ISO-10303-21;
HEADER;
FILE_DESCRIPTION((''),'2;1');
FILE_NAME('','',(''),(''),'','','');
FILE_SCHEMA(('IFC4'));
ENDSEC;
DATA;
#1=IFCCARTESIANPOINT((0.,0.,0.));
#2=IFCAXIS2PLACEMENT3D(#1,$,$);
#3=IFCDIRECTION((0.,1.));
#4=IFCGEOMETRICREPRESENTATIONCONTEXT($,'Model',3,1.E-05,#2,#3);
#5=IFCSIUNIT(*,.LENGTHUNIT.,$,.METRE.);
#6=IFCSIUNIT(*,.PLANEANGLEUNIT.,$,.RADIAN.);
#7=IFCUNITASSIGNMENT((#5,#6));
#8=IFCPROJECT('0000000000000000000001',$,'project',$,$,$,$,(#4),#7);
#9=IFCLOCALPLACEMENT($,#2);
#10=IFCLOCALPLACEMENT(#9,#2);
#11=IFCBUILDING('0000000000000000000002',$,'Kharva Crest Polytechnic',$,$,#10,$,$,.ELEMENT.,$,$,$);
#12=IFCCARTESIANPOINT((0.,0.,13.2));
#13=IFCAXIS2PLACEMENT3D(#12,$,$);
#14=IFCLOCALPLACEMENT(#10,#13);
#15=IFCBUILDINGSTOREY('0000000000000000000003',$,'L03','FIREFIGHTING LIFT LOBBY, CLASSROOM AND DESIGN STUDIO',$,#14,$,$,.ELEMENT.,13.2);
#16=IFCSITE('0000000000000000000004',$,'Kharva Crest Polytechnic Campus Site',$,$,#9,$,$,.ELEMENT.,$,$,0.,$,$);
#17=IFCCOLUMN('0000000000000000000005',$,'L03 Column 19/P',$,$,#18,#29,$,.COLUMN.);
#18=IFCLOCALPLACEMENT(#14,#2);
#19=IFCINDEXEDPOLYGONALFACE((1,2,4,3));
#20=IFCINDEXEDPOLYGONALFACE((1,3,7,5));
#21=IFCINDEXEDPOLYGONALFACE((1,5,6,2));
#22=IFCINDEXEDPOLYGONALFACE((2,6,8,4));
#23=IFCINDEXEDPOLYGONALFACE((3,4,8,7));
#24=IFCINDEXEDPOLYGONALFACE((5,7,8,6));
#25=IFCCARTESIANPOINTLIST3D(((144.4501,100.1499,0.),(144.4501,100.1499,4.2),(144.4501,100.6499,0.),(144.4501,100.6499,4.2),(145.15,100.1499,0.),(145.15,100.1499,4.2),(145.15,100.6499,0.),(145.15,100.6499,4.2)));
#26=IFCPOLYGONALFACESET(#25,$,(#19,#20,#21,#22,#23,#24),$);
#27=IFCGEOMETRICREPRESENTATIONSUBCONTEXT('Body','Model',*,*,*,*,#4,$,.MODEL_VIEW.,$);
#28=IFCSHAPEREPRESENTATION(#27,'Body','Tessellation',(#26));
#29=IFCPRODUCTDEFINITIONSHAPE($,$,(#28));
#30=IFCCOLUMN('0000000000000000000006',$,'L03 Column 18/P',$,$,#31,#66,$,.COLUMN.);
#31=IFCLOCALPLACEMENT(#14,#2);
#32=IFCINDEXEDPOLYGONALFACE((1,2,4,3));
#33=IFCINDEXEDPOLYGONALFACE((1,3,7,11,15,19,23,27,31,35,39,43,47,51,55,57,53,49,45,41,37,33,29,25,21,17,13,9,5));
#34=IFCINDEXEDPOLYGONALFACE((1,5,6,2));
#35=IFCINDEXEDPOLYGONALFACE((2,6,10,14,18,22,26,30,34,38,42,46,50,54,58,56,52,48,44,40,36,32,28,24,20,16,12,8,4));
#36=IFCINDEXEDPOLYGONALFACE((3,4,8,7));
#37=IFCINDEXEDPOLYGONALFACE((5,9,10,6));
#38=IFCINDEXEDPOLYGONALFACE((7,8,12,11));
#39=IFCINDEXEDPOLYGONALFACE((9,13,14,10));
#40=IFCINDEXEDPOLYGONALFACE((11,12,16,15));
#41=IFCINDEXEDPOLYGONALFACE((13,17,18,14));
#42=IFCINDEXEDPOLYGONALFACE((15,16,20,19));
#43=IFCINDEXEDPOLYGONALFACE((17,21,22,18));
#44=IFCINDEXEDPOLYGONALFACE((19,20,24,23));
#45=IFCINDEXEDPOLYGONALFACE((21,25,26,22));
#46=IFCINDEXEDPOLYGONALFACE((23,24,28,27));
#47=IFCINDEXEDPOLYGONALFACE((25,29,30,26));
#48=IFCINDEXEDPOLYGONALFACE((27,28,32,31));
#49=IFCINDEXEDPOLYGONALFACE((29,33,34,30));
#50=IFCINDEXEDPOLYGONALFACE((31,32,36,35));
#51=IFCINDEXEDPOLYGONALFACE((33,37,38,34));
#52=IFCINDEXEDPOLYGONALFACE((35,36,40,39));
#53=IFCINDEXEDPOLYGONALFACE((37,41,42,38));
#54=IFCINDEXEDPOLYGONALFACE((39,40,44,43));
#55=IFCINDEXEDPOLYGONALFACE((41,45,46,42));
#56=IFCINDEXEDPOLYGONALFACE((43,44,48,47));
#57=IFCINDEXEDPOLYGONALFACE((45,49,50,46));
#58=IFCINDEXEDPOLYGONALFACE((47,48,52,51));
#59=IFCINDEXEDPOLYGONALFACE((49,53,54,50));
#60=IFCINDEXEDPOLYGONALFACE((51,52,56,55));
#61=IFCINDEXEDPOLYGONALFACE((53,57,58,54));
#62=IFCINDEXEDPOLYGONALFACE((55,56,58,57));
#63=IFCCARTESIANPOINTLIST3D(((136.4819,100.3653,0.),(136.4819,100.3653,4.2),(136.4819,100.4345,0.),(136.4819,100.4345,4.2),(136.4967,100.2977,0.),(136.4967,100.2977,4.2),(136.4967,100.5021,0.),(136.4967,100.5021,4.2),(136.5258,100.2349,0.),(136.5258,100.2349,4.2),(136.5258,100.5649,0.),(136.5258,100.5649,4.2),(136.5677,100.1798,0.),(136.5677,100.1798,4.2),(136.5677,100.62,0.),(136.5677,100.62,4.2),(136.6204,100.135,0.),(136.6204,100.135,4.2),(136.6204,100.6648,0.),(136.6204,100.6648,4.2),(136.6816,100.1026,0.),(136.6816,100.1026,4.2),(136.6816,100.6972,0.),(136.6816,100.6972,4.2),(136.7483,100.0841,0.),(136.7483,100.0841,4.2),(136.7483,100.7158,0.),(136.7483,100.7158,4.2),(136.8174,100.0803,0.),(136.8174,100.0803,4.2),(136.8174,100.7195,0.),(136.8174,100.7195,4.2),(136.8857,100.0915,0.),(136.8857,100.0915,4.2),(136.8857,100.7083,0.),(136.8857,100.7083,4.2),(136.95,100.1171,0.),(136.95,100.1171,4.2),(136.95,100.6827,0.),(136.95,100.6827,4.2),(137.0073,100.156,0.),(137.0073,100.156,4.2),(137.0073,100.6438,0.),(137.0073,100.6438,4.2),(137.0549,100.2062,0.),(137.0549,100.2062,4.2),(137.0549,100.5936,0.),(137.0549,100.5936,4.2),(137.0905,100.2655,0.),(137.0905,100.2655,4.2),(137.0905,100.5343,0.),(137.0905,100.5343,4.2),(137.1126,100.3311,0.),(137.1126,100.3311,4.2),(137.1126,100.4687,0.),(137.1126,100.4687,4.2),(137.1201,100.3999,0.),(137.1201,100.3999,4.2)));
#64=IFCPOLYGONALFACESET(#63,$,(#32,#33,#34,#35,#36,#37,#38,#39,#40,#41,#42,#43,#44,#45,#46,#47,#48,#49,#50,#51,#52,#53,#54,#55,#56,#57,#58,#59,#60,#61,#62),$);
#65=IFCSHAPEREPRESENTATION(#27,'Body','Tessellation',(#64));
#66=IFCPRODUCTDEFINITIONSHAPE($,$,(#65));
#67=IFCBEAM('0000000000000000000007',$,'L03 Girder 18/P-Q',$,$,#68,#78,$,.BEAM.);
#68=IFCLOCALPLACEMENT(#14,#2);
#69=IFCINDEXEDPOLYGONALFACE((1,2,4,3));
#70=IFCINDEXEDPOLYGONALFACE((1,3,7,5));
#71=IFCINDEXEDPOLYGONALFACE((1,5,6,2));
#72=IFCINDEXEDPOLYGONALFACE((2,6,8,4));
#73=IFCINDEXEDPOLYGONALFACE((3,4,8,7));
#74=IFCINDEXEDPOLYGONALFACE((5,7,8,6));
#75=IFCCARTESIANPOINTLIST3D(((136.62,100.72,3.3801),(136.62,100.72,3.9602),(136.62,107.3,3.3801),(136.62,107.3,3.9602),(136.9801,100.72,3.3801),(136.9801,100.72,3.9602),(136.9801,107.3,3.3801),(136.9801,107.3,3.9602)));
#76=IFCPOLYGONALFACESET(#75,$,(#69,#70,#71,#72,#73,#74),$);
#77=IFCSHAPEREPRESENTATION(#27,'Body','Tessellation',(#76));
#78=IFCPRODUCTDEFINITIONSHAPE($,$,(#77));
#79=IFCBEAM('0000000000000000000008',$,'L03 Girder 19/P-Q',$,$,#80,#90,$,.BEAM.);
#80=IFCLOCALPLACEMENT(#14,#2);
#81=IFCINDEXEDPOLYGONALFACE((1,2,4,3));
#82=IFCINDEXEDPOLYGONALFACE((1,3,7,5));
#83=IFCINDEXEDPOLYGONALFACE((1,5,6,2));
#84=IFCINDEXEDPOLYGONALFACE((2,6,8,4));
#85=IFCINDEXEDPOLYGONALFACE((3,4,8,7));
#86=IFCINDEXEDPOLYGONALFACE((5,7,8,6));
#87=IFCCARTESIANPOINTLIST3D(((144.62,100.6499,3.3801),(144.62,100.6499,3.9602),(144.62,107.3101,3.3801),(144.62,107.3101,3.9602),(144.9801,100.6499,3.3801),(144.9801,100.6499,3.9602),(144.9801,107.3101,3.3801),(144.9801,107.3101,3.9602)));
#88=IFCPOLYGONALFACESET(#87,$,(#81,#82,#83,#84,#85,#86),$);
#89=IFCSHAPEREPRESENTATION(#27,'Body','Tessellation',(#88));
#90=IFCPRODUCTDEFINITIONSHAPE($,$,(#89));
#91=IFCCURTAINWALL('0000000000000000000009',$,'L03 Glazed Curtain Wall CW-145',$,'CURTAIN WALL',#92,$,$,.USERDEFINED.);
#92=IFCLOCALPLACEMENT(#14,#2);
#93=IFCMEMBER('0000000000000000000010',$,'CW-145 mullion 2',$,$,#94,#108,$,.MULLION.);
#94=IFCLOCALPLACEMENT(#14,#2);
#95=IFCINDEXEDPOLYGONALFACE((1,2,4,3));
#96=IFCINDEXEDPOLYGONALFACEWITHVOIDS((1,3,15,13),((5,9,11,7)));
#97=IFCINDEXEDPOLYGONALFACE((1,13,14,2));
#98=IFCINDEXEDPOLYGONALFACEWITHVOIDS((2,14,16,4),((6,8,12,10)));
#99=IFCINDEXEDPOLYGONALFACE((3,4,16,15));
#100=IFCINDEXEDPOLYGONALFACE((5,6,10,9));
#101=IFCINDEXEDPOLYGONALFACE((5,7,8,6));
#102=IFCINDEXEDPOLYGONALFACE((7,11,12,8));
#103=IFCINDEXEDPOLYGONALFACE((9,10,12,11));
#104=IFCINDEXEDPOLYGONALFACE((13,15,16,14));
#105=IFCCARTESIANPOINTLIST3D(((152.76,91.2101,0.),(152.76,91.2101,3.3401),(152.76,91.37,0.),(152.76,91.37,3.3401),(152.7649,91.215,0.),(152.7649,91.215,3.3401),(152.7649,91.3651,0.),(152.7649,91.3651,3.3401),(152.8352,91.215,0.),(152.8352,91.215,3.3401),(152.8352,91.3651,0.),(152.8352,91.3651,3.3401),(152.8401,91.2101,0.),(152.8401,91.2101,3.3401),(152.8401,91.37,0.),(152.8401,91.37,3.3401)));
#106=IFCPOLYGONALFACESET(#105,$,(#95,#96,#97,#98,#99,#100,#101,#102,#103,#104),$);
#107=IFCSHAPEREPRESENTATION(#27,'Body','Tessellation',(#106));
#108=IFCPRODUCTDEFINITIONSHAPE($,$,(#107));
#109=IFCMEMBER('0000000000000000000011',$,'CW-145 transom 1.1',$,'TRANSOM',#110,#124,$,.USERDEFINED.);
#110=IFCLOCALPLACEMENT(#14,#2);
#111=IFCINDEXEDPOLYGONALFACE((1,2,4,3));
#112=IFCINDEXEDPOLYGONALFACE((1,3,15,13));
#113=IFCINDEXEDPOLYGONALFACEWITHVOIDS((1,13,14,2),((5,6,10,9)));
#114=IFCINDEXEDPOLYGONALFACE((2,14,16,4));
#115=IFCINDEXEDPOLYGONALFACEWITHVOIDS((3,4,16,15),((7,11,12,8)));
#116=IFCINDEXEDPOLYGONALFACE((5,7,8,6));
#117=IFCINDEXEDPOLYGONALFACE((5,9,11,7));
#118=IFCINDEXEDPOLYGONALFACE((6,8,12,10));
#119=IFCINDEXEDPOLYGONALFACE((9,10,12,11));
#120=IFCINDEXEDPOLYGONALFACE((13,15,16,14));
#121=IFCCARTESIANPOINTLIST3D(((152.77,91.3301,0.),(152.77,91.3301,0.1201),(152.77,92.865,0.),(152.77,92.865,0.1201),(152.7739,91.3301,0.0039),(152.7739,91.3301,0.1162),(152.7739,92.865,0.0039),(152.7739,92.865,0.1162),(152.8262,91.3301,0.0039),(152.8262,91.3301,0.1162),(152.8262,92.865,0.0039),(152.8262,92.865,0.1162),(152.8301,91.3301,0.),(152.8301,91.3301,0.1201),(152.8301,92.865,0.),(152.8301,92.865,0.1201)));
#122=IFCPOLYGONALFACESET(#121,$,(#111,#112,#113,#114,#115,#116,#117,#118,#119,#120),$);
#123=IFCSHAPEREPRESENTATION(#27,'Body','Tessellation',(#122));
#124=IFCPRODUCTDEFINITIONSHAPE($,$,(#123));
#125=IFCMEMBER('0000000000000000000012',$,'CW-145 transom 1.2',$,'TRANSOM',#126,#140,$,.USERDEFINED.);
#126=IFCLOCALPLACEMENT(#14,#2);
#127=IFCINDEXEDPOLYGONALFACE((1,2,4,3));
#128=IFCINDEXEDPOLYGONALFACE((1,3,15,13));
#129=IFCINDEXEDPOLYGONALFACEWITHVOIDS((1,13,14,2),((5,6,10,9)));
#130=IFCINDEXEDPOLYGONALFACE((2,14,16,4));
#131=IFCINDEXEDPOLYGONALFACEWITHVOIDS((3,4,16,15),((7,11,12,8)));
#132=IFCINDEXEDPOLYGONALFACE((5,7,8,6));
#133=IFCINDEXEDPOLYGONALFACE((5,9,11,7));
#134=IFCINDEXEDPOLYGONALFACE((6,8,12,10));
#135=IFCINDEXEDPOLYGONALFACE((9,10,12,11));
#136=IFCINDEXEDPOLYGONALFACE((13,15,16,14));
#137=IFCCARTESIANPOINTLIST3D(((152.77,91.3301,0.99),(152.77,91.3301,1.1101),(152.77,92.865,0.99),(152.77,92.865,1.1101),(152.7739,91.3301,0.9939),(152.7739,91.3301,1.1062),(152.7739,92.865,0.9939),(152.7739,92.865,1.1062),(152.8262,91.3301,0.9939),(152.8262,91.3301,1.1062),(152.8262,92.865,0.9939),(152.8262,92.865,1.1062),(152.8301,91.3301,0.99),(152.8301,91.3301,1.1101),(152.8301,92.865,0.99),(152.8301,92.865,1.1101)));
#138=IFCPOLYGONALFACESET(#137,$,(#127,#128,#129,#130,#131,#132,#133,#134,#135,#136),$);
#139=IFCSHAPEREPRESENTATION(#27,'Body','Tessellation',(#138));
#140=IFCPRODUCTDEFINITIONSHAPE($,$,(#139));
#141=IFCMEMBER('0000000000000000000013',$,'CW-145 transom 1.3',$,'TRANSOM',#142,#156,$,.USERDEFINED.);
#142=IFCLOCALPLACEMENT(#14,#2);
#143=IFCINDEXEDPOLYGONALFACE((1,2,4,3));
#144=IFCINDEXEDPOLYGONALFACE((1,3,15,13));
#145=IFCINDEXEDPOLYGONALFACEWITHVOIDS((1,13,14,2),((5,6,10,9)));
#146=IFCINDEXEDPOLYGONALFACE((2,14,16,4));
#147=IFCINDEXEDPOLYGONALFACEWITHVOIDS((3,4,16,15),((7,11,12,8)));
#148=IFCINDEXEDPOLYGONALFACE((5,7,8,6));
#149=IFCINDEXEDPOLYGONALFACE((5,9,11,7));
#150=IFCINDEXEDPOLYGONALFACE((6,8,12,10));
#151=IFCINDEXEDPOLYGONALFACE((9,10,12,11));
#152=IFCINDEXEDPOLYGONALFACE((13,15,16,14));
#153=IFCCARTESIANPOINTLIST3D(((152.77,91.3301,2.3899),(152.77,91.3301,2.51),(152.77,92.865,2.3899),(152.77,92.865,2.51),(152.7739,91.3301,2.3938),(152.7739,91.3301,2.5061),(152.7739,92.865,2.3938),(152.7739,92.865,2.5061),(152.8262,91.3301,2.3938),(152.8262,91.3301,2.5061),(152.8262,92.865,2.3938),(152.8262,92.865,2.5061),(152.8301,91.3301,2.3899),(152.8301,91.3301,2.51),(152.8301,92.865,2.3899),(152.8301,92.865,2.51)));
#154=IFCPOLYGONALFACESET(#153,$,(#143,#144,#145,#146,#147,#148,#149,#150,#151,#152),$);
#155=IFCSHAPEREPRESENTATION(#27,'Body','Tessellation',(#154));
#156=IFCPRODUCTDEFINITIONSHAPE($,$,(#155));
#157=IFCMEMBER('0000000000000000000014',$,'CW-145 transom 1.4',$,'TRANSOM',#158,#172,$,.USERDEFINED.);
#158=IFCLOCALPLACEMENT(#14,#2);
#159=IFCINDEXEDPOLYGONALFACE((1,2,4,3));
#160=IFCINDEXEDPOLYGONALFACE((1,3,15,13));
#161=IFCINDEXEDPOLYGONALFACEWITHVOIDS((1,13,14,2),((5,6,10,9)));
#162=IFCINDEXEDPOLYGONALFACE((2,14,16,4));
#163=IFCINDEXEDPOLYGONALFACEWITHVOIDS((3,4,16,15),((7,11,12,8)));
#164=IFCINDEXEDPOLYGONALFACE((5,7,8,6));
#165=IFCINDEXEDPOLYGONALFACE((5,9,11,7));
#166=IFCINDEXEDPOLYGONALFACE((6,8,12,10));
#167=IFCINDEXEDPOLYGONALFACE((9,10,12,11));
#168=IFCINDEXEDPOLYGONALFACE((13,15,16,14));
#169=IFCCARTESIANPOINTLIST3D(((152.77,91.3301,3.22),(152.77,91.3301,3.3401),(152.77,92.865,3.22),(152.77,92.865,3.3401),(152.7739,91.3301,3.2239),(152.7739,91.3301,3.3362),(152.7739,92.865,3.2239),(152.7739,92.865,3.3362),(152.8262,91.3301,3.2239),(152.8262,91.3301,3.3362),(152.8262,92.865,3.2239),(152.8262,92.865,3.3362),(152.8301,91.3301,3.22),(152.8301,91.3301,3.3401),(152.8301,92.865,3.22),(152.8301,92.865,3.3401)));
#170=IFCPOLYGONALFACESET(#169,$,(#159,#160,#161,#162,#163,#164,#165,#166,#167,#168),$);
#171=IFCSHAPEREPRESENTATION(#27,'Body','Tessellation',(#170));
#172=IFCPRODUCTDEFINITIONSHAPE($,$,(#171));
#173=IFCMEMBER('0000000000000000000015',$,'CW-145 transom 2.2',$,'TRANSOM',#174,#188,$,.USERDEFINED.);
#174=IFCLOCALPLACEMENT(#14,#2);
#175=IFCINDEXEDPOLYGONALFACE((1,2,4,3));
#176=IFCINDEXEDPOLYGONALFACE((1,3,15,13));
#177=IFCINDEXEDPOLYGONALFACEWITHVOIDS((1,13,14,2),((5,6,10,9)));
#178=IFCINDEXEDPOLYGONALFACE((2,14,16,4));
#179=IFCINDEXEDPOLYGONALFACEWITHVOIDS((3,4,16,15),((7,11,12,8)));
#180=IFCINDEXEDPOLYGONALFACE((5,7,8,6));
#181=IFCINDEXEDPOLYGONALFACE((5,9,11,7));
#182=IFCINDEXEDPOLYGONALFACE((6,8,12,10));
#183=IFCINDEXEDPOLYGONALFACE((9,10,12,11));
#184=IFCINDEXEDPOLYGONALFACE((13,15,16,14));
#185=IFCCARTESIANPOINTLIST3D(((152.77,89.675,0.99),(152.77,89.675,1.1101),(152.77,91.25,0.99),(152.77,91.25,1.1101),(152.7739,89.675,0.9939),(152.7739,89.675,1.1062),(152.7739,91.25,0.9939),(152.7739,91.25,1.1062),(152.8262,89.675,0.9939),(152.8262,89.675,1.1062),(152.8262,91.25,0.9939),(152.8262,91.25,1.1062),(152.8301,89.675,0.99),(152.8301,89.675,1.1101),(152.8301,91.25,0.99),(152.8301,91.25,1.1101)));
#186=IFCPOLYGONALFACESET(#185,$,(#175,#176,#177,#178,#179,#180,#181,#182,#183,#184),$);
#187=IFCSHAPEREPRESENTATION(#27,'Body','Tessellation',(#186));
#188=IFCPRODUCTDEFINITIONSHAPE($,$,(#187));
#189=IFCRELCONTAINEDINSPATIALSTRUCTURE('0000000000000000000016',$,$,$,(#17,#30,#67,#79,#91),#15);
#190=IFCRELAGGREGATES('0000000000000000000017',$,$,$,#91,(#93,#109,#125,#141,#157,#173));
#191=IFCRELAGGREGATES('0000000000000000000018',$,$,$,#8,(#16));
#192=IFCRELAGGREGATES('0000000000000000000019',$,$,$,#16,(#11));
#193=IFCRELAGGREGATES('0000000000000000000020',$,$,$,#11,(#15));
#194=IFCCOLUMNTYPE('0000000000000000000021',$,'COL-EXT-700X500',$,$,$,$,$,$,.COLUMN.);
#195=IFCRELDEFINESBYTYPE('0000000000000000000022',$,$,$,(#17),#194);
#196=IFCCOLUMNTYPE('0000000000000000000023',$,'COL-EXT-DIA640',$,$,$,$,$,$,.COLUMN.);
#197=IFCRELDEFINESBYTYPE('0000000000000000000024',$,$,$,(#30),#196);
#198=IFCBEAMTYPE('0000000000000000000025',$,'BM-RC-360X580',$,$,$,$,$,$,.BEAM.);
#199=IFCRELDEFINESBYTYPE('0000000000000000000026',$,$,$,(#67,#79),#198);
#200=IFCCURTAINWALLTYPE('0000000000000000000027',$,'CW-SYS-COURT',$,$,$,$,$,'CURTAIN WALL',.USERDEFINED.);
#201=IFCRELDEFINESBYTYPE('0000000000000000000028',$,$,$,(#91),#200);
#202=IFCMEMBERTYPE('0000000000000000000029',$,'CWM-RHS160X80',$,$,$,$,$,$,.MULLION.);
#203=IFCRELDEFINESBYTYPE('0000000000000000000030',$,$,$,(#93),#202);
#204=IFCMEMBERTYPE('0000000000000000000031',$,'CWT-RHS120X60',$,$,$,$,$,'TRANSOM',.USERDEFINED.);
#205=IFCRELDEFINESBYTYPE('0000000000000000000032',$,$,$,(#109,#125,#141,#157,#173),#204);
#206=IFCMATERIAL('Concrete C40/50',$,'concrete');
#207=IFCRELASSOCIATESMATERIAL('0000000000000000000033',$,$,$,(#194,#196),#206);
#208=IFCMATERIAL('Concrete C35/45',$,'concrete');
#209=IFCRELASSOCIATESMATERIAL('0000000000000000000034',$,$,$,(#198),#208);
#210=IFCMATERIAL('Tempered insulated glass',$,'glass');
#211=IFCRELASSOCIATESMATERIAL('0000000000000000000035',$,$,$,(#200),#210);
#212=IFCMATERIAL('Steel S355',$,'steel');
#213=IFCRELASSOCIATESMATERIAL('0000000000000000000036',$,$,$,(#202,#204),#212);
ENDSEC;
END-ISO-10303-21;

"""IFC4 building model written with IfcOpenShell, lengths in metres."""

from ifc_helpers import new_model, si_unit, direction, frame, origin, origin_2d, place, context, subcontext, project, spatial, rectangle, hollow_rectangle, circle, extrude, material, material_profile, profile_set, type_object, element, aggregate, save


model = new_model("IFC4")

# Units and contexts
model_context = context("Model", 3, precision=1e-05, world=origin(), true_north=direction((0.0, 1.0)))
body_context = subcontext(model_context, "Body", "Model", "MODEL_VIEW")
ifc_project = project(units=[si_unit("LENGTHUNIT", "METRE"), si_unit("PLANEANGLEUNIT", "RADIAN")], contexts=[model_context])

# Site, building, storey
site_placement = place(None, origin())
site = spatial("IfcSite", under=ifc_project, at=site_placement, Name="Kharva Crest Polytechnic Campus Site", CompositionType="ELEMENT", RefElevation=0.0)
building_placement = place(site_placement, origin())
building = spatial("IfcBuilding", under=site, at=building_placement, Name="Kharva Crest Polytechnic", CompositionType="ELEMENT")
storey_placement = place(building_placement, frame((0.0, 0.0, 13.2)))
storey = spatial("IfcBuildingStorey", under=building, at=storey_placement, Name="L03", Description="FIREFIGHTING LIFT LOBBY, CLASSROOM AND DESIGN STUDIO", CompositionType="ELEMENT", Elevation=13.2)

# Columns
ifc_material_1 = material(Name="Concrete C40/50", Category="concrete")
ifc_material_profile_1 = material_profile(ifc_material_1, rectangle(XDim=0.7, YDim=0.5, at=origin_2d()), Name="RECT 700 X 500")
ifc_profile_set_1 = profile_set([ifc_material_profile_1], Name="Concrete C40/50")
column_type_1 = type_object("IfcColumnType", Name="COL-EXT-700X500", PredefinedType="COLUMN", material=ifc_profile_set_1)
column_1_placement = place(storey_placement, frame((144.8, 100.3999, 0.0), z_axis=(0.0, 0.0, 1.0), x_axis=(1.0, 0.0, 0.0)))
element("IfcColumn", 1, at=column_1_placement, inside=storey, type_object=column_type_1, Name="L03 Column 19/P", PredefinedType="COLUMN", context=body_context, shape_type="SweptSolid", body=[
    extrude(rectangle(XDim=0.7, YDim=0.5, at=origin_2d()), origin(), (0.0, 0.0, 1.0), 4.2),
])
ifc_material_profile_2 = material_profile(ifc_material_1, circle(Radius=0.3201, at=origin_2d()), Name="DIA 640")
ifc_profile_set_2 = profile_set([ifc_material_profile_2], Name="Concrete C40/50")
column_type_2 = type_object("IfcColumnType", Name="COL-EXT-DIA640", PredefinedType="COLUMN", material=ifc_profile_set_2)
column_2_placement = place(storey_placement, frame((136.8, 100.3999, 0.0), z_axis=(0.0, 0.0, 1.0), x_axis=(1.0, 0.0, 0.0)))
element("IfcColumn", 2, at=column_2_placement, inside=storey, type_object=column_type_2, Name="L03 Column 18/P", PredefinedType="COLUMN", context=body_context, shape_type="SweptSolid", body=[
    extrude(circle(Radius=0.3201, at=origin_2d()), origin(), (0.0, 0.0, 1.0), 4.2),
])

# Beams
ifc_material_2 = material(Name="Concrete C35/45", Category="concrete")
ifc_material_profile_3 = material_profile(ifc_material_2, rectangle(XDim=0.3601, YDim=0.5801, at=origin_2d()), Name="RECT 360 X 580")
ifc_profile_set_3 = profile_set([ifc_material_profile_3], Name="Concrete C35/45")
beam_type_1 = type_object("IfcBeamType", Name="BM-RC-360X580", PredefinedType="BEAM", material=ifc_profile_set_3)
beam_1_placement = place(storey_placement, frame((136.8, 100.72, 3.6702), z_axis=(0.0, 1.0, 0.0), x_axis=(-1.0, 0.0, 0.0)))
element("IfcBeam", 3, at=beam_1_placement, inside=storey, type_object=beam_type_1, Name="L03 Girder 18/P-Q", PredefinedType="BEAM", context=body_context, shape_type="SweptSolid", body=[
    extrude(rectangle(XDim=0.3601, YDim=0.5801, at=origin_2d()), origin(), (0.0, 0.0, 1.0), 6.5801),
])
beam_2_placement = place(storey_placement, frame((144.8, 100.6499, 3.6702), z_axis=(0.0, 1.0, 0.0), x_axis=(-1.0, 0.0, 0.0)))
element("IfcBeam", 4, at=beam_2_placement, inside=storey, type_object=beam_type_1, Name="L03 Girder 19/P-Q", PredefinedType="BEAM", context=body_context, shape_type="SweptSolid", body=[
    extrude(rectangle(XDim=0.3601, YDim=0.5801, at=origin_2d()), origin(), (0.0, 0.0, 1.0), 6.6602),
])

# Curtain wall, members
ifc_material_3 = material(Name="Tempered insulated glass", Category="glass")
curtain_wall_type = type_object("IfcCurtainWallType", Name="CW-SYS-COURT", ElementType="CURTAIN WALL", PredefinedType="USERDEFINED", material=ifc_material_3)
curtain_wall_placement = place(storey_placement, origin())
curtain_wall = element("IfcCurtainWall", 5, at=curtain_wall_placement, inside=storey, type_object=curtain_wall_type, Name="L03 Glazed Curtain Wall CW-145", ObjectType="CURTAIN WALL", PredefinedType="USERDEFINED")
ifc_material_4 = material(Name="Steel S355", Category="steel")
ifc_material_profile_4 = material_profile(ifc_material_4, hollow_rectangle(XDim=0.0801, YDim=0.1599, WallThickness=0.0049, at=origin_2d()), Name="RHS 160X80X5.0")
ifc_profile_set_4 = profile_set([ifc_material_profile_4], Name="Steel S355")
member_type_1 = type_object("IfcMemberType", Name="CWM-RHS160X80", PredefinedType="MULLION", material=ifc_profile_set_4)
member_1_placement = place(storey_placement, frame((152.8, 91.29, 0.0), z_axis=(0.0, 0.0, 1.0), x_axis=(1.0, 0.0, 0.0)))
member_1 = element("IfcMember", 6, at=member_1_placement, type_object=member_type_1, Name="CW-145 mullion 2", PredefinedType="MULLION", context=body_context, shape_type="SweptSolid", body=[
    extrude(hollow_rectangle(XDim=0.0801, YDim=0.1599, WallThickness=0.0049, at=origin_2d()), origin(), (0.0, 0.0, 1.0), 3.3401),
])
ifc_material_profile_5 = material_profile(ifc_material_4, hollow_rectangle(XDim=0.0601, YDim=0.1201, WallThickness=0.0039, at=origin_2d()), Name="RHS 120X60X4.0")
ifc_profile_set_5 = profile_set([ifc_material_profile_5], Name="Steel S355")
member_type_2 = type_object("IfcMemberType", Name="CWT-RHS120X60", ElementType="TRANSOM", PredefinedType="USERDEFINED", material=ifc_profile_set_5)
member_2_placement = place(storey_placement, frame((152.8, 92.865, 0.0601), z_axis=(0.0, -1.0, 0.0), x_axis=(1.0, 0.0, 0.0)))
member_2 = element("IfcMember", 7, at=member_2_placement, type_object=member_type_2, Name="CW-145 transom 1.1", ObjectType="TRANSOM", PredefinedType="USERDEFINED", context=body_context, shape_type="SweptSolid", body=[
    extrude(hollow_rectangle(XDim=0.0601, YDim=0.1201, WallThickness=0.0039, at=origin_2d()), origin(), (0.0, 0.0, 1.0), 1.5349),
])
member_3_placement = place(storey_placement, frame((152.8, 92.865, 1.05), z_axis=(0.0, -1.0, 0.0), x_axis=(1.0, 0.0, 0.0)))
member_3 = element("IfcMember", 8, at=member_3_placement, type_object=member_type_2, Name="CW-145 transom 1.2", ObjectType="TRANSOM", PredefinedType="USERDEFINED", context=body_context, shape_type="SweptSolid", body=[
    extrude(hollow_rectangle(XDim=0.0601, YDim=0.1201, WallThickness=0.0039, at=origin_2d()), origin(), (0.0, 0.0, 1.0), 1.5349),
])
member_4_placement = place(storey_placement, frame((152.8, 92.865, 2.45), z_axis=(0.0, -1.0, 0.0), x_axis=(1.0, 0.0, 0.0)))
member_4 = element("IfcMember", 9, at=member_4_placement, type_object=member_type_2, Name="CW-145 transom 1.3", ObjectType="TRANSOM", PredefinedType="USERDEFINED", context=body_context, shape_type="SweptSolid", body=[
    extrude(hollow_rectangle(XDim=0.0601, YDim=0.1201, WallThickness=0.0039, at=origin_2d()), origin(), (0.0, 0.0, 1.0), 1.5349),
])
member_5_placement = place(storey_placement, frame((152.8, 92.865, 3.28), z_axis=(0.0, -1.0, 0.0), x_axis=(1.0, 0.0, 0.0)))
member_5 = element("IfcMember", 10, at=member_5_placement, type_object=member_type_2, Name="CW-145 transom 1.4", ObjectType="TRANSOM", PredefinedType="USERDEFINED", context=body_context, shape_type="SweptSolid", body=[
    extrude(hollow_rectangle(XDim=0.0601, YDim=0.1201, WallThickness=0.0039, at=origin_2d()), origin(), (0.0, 0.0, 1.0), 1.5349),
])
member_6_placement = place(storey_placement, frame((152.8, 91.25, 1.05), z_axis=(0.0, -1.0, 0.0), x_axis=(1.0, 0.0, 0.0)))
member_6 = element("IfcMember", 11, at=member_6_placement, type_object=member_type_2, Name="CW-145 transom 2.2", ObjectType="TRANSOM", PredefinedType="USERDEFINED", context=body_context, shape_type="SweptSolid", body=[
    extrude(hollow_rectangle(XDim=0.0601, YDim=0.1201, WallThickness=0.0039, at=origin_2d()), origin(), (0.0, 0.0, 1.0), 1.575),
])

aggregate(curtain_wall, [member_1, member_2, member_3, member_4, member_5, member_6])

save(model, "model.ifc")
